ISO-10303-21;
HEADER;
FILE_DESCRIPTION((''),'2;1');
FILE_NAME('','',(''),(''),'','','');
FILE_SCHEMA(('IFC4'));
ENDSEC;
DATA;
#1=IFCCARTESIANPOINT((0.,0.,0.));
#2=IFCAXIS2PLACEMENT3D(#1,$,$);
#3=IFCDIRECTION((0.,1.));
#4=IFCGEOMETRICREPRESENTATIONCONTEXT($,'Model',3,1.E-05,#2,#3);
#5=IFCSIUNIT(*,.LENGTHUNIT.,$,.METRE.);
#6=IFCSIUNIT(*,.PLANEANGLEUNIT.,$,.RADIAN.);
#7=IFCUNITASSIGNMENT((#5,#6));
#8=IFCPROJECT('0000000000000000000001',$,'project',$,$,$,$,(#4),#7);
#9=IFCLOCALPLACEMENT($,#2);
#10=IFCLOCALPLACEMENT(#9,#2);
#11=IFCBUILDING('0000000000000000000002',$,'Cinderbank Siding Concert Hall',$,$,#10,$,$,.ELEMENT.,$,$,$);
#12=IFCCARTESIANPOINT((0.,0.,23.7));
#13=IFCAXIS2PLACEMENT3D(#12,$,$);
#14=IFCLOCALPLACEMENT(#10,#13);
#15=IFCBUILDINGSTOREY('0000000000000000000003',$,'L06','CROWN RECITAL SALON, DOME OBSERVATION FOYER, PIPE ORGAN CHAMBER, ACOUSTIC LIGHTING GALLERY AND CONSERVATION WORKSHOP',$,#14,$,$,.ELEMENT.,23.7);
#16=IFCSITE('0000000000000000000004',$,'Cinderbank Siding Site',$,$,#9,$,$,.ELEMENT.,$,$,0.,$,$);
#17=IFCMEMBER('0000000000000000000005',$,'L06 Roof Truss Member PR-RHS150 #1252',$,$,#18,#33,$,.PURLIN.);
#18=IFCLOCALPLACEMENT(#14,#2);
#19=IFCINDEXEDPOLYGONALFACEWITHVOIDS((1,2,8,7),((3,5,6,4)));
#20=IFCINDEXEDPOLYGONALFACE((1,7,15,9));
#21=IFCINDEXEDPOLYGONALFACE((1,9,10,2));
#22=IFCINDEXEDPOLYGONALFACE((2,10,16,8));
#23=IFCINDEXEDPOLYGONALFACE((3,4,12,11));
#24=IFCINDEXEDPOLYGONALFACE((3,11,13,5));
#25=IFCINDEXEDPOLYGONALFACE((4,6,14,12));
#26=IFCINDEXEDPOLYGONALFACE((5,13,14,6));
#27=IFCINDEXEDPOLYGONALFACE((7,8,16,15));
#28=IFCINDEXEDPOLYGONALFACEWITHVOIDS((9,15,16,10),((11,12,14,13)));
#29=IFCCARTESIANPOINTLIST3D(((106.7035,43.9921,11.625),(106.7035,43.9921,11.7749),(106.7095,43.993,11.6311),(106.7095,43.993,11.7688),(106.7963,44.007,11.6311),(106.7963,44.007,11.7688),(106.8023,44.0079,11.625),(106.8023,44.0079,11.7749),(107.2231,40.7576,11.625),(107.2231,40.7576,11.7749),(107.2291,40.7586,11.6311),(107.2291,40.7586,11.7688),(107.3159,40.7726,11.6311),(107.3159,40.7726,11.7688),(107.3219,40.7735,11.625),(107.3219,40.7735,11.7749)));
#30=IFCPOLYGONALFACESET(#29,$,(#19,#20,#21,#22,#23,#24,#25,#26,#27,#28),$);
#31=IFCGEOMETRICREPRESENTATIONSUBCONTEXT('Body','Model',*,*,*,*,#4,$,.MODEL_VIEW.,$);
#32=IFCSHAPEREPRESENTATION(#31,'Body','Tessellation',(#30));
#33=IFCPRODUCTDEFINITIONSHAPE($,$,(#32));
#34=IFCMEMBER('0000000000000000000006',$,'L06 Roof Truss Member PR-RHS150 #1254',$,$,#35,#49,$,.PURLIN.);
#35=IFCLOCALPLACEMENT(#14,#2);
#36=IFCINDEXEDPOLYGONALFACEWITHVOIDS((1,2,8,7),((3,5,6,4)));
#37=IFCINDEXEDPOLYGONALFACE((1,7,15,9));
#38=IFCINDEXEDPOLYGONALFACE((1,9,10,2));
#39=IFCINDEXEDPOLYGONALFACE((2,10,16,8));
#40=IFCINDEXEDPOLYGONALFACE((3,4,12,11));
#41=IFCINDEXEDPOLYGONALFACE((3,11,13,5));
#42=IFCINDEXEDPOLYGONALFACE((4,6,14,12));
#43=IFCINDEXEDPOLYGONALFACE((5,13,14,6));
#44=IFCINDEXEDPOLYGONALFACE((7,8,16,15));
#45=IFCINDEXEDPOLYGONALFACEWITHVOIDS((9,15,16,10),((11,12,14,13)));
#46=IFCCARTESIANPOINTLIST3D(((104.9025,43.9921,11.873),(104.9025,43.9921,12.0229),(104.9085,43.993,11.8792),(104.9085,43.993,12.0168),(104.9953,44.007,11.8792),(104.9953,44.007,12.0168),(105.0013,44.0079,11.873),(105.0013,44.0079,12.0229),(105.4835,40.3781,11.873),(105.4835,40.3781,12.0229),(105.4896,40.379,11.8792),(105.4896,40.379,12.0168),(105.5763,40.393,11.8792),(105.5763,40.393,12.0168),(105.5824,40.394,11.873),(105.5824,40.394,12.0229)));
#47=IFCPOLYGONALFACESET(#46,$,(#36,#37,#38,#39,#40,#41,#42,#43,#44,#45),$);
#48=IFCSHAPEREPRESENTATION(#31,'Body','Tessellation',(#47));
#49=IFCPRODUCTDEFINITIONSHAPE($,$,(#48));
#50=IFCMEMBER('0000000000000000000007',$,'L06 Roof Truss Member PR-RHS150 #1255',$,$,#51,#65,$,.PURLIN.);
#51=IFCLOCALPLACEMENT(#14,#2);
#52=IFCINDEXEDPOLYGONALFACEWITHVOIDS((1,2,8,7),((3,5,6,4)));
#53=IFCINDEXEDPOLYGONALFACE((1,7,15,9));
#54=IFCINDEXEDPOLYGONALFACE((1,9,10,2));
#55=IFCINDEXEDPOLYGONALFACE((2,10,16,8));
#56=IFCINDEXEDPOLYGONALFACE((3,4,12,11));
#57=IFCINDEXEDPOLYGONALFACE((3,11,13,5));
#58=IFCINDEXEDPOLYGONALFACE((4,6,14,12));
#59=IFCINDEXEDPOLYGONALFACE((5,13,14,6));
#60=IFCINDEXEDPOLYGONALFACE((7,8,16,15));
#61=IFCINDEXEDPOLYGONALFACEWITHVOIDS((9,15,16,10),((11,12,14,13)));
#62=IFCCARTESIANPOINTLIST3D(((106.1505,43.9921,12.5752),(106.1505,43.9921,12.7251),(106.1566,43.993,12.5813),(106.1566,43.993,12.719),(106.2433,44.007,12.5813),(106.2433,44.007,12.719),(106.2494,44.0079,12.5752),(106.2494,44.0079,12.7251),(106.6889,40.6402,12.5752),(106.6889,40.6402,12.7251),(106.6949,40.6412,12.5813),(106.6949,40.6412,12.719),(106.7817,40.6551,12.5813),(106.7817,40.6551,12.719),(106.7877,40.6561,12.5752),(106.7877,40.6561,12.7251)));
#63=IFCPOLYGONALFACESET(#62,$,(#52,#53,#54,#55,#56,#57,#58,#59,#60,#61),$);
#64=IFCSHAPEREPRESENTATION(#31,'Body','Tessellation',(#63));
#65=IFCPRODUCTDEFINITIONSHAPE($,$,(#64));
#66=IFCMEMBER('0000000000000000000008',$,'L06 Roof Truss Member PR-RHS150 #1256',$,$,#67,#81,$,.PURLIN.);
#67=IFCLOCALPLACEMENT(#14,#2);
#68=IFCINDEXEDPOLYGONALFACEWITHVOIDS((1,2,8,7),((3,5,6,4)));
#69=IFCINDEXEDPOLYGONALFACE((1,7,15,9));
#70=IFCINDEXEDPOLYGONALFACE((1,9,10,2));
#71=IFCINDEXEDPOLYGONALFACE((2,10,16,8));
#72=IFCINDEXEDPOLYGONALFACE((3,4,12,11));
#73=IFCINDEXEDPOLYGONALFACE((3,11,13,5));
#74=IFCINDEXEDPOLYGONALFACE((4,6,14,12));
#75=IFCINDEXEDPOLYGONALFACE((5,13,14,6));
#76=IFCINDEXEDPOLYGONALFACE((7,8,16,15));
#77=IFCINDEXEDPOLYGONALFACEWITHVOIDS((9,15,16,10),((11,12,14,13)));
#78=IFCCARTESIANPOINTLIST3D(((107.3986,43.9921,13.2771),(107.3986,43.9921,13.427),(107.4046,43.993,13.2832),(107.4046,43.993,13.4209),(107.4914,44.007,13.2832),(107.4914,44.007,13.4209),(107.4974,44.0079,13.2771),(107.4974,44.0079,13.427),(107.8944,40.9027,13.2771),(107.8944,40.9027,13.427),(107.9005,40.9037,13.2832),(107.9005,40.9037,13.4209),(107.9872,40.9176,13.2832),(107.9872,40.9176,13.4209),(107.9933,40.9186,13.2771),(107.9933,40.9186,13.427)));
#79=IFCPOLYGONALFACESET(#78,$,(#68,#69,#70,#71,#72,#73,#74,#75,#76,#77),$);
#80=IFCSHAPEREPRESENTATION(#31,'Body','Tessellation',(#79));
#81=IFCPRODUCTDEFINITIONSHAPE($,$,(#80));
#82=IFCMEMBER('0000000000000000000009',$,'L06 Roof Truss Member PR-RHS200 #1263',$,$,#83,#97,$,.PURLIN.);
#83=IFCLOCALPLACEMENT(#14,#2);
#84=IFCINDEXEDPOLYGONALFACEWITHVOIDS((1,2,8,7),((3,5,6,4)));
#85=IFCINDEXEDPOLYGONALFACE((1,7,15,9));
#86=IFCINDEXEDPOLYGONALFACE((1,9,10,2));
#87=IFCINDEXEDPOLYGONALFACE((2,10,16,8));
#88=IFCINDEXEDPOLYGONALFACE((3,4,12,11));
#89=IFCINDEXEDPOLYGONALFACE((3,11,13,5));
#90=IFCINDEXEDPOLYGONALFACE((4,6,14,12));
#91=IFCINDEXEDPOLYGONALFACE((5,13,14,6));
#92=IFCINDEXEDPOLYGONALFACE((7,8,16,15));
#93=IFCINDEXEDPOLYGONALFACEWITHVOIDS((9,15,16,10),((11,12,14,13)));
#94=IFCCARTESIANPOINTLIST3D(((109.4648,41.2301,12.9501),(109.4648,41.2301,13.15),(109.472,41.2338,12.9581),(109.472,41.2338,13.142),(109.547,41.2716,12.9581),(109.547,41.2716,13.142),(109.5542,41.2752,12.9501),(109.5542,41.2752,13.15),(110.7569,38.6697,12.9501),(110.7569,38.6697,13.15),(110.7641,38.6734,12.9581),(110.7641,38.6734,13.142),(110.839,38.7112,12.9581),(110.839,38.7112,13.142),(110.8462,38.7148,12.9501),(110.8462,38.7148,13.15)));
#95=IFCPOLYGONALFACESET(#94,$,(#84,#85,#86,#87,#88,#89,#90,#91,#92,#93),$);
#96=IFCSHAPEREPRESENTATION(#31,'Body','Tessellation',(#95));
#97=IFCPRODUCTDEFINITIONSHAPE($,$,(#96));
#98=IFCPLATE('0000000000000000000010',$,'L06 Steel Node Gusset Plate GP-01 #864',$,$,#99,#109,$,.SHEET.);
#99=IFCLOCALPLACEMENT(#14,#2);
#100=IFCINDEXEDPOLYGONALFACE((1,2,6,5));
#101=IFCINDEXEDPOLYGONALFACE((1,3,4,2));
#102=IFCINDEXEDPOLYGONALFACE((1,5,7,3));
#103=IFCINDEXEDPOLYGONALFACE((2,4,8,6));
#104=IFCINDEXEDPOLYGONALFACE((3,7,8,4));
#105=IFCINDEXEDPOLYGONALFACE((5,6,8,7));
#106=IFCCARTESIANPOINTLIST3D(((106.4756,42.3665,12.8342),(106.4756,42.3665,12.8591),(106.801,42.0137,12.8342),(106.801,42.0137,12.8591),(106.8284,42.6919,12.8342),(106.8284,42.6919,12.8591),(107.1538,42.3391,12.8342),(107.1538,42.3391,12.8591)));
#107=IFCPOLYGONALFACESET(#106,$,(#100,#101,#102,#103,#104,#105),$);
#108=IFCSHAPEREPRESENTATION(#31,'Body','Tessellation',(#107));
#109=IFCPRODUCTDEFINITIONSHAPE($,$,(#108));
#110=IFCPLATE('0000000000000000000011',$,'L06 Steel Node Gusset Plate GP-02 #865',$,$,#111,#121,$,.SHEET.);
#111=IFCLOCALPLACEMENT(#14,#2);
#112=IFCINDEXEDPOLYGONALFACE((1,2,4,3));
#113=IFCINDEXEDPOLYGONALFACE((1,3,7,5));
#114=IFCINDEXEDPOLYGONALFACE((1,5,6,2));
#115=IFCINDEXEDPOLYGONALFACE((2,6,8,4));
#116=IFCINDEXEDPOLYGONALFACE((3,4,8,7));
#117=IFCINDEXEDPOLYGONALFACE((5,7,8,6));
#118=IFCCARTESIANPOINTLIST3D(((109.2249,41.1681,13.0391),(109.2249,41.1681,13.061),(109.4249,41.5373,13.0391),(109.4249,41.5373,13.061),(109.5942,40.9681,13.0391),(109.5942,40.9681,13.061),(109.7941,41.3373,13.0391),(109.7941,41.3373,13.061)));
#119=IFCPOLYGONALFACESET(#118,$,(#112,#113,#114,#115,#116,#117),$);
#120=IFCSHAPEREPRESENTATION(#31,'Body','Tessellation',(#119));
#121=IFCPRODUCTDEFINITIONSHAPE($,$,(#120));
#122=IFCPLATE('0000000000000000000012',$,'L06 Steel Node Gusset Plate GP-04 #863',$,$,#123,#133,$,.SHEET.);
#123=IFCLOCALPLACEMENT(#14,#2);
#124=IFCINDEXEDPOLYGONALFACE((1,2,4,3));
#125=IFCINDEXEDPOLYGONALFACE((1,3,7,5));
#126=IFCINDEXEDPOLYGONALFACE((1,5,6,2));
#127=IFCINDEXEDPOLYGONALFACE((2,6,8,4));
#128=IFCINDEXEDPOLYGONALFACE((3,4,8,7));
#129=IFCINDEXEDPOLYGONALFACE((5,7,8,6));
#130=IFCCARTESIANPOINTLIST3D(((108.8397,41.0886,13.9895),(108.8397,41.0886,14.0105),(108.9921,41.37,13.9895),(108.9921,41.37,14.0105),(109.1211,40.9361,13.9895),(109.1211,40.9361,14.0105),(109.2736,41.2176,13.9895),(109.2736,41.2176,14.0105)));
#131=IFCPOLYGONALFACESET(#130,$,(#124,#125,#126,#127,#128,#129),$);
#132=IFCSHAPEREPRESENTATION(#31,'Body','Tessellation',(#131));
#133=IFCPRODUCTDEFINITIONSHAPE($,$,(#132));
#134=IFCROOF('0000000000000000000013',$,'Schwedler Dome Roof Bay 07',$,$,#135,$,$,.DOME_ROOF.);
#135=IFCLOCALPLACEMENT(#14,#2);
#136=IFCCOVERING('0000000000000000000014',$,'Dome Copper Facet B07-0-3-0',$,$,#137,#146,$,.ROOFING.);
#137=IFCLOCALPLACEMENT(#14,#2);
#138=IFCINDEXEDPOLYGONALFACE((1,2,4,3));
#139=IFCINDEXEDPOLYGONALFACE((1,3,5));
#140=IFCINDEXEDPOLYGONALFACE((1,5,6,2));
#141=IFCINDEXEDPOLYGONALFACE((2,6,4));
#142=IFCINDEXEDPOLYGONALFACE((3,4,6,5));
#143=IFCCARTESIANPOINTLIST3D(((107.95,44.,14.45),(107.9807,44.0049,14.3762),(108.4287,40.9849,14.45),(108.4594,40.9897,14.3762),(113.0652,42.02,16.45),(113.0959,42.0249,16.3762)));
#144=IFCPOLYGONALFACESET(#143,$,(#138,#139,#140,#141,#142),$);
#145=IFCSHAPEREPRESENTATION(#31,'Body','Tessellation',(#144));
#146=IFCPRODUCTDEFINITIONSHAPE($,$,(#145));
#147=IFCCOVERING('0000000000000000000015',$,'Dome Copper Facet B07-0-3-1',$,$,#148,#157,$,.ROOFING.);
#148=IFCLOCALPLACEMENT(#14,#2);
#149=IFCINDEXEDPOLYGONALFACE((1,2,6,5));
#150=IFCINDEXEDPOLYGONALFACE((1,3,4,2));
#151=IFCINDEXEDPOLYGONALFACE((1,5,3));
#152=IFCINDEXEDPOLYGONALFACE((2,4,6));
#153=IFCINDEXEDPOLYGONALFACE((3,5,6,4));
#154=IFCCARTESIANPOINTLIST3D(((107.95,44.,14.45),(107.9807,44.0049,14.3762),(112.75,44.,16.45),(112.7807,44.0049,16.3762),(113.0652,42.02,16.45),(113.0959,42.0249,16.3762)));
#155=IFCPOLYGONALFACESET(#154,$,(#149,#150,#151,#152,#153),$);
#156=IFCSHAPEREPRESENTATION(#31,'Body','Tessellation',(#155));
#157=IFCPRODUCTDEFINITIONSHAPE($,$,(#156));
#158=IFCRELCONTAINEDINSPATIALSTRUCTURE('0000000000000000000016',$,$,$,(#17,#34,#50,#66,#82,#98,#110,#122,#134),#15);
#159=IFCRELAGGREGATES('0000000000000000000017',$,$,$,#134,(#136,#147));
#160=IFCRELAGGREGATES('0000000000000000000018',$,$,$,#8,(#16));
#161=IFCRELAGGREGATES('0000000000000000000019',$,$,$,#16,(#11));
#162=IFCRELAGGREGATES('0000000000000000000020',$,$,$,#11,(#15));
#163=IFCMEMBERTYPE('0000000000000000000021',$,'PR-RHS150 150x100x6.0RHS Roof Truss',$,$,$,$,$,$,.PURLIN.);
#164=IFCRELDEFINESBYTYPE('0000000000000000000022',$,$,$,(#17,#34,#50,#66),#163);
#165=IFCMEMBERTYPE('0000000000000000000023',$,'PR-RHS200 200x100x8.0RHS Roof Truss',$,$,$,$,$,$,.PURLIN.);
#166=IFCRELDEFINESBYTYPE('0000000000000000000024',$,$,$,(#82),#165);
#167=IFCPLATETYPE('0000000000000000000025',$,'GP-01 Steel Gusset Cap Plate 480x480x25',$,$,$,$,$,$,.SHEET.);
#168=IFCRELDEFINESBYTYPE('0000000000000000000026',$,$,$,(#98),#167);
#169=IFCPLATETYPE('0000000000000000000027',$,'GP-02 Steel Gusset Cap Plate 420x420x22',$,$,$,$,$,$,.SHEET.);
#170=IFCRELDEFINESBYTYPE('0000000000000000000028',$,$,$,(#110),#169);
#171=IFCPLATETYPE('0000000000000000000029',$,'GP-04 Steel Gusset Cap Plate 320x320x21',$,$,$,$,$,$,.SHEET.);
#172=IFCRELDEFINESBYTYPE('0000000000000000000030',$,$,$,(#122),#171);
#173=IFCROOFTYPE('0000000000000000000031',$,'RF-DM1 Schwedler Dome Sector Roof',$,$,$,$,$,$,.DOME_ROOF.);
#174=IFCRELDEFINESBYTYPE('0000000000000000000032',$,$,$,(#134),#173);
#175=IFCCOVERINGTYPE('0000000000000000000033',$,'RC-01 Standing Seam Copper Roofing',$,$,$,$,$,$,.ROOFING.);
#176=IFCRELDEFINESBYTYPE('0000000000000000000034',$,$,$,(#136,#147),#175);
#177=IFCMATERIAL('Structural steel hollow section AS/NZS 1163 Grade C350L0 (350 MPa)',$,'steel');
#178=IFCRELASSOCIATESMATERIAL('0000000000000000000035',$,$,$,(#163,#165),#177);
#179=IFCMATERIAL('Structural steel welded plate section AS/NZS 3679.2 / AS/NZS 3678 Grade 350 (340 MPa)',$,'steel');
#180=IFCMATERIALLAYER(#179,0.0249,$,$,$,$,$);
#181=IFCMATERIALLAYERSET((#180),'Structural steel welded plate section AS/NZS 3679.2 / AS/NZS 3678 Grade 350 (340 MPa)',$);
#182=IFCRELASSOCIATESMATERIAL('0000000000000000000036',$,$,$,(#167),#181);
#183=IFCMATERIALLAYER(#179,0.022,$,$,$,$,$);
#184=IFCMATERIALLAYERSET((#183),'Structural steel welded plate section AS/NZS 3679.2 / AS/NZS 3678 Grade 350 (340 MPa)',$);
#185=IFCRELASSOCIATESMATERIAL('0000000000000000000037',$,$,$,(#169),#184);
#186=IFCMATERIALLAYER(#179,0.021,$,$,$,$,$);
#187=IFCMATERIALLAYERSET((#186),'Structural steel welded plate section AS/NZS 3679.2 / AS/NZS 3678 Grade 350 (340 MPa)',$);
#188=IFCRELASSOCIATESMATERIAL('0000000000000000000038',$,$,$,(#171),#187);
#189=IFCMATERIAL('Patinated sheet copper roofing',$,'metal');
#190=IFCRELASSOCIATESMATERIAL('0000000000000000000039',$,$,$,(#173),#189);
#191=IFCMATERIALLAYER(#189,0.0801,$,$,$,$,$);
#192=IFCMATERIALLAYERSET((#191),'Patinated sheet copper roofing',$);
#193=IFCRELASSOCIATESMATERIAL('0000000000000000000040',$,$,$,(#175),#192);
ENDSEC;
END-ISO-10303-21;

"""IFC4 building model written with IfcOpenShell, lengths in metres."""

from ifc_helpers import new_model, si_unit, direction, frame, origin, origin_2d, place, context, subcontext, project, spatial, polyline, rectangle, hollow_rectangle, outline, extrude, material, layer, layer_set, material_profile, profile_set, type_object, element, aggregate, save


model = new_model("IFC4")

# Units and contexts
model_context = context("Model", 3, precision=1e-05, world=origin(), true_north=direction((0.0, 1.0)))
body_context = subcontext(model_context, "Body", "Model", "MODEL_VIEW")
ifc_project = project(units=[si_unit("LENGTHUNIT", "METRE"), si_unit("PLANEANGLEUNIT", "RADIAN")], contexts=[model_context])

# Site, building, storey
site_placement = place(None, origin())
site = spatial("IfcSite", under=ifc_project, at=site_placement, Name="Cinderbank Siding Site", CompositionType="ELEMENT", RefElevation=0.0)
building_placement = place(site_placement, origin())
building = spatial("IfcBuilding", under=site, at=building_placement, Name="Cinderbank Siding Concert Hall", CompositionType="ELEMENT")
storey_placement = place(building_placement, frame((0.0, 0.0, 23.7)))
storey = spatial("IfcBuildingStorey", under=building, at=storey_placement, Name="L06", Description="CROWN RECITAL SALON, DOME OBSERVATION FOYER, PIPE ORGAN CHAMBER, ACOUSTIC LIGHTING GALLERY AND CONSERVATION WORKSHOP", CompositionType="ELEMENT", Elevation=23.7)

# Members
ifc_material_1 = material(Name="Structural steel hollow section AS/NZS 1163 Grade C350L0 (350 MPa)", Category="steel")
ifc_material_profile_1 = material_profile(ifc_material_1, hollow_rectangle(XDim=0.1001, YDim=0.1499, WallThickness=0.0061, at=origin_2d()), Name="150x100x6.0RHS", Category="LoadBearing")
ifc_profile_set_1 = profile_set([ifc_material_profile_1], Name="Structural steel hollow section AS/NZS 1163 Grade C350L0 (350 MPa)")
member_type_1 = type_object("IfcMemberType", Name="PR-RHS150 150x100x6.0RHS Roof Truss", PredefinedType="PURLIN", material=ifc_profile_set_1)
member_1_placement = place(storey_placement, frame((106.7529, 44.0, 11.7), z_axis=(0.158595, -0.987344, 0.0), x_axis=(0.987344, 0.158595, 0.0)))
element("IfcMember", 1, at=member_1_placement, inside=storey, type_object=member_type_1, Name="L06 Roof Truss Member PR-RHS150 #1252", PredefinedType="PURLIN", context=body_context, shape_type="SweptSolid", body=[
    extrude(hollow_rectangle(XDim=0.1001, YDim=0.1499, WallThickness=0.0061, at=origin_2d()), origin(), (0.0, 0.0, 1.0), 3.2759),
])
member_2_placement = place(storey_placement, frame((104.9519, 44.0, 11.948), z_axis=(0.15874, -0.98732, 0.0), x_axis=(0.98732, 0.15874, 0.0)))
element("IfcMember", 2, at=member_2_placement, inside=storey, type_object=member_type_1, Name="L06 Roof Truss Member PR-RHS150 #1254", PredefinedType="PURLIN", context=body_context, shape_type="SweptSolid", body=[
    extrude(hollow_rectangle(XDim=0.1001, YDim=0.1499, WallThickness=0.0061, at=origin_2d()), origin(), (0.0, 0.0, 1.0), 3.6604),
])
member_3_placement = place(storey_placement, frame((106.2, 44.0, 12.6501), z_axis=(0.158577, -0.987347, 0.0), x_axis=(0.987347, 0.158577, 0.0)))
element("IfcMember", 3, at=member_3_placement, inside=storey, type_object=member_type_1, Name="L06 Roof Truss Member PR-RHS150 #1255", PredefinedType="PURLIN", context=body_context, shape_type="SweptSolid", body=[
    extrude(hollow_rectangle(XDim=0.1001, YDim=0.1499, WallThickness=0.0061, at=origin_2d()), origin(), (0.0, 0.0, 1.0), 3.3948),
])
member_4_placement = place(storey_placement, frame((107.448, 44.0, 13.3521), z_axis=(0.158474, -0.987363, 0.0), x_axis=(0.987363, 0.158474, 0.0)))
element("IfcMember", 4, at=member_4_placement, inside=storey, type_object=member_type_1, Name="L06 Roof Truss Member PR-RHS150 #1256", PredefinedType="PURLIN", context=body_context, shape_type="SweptSolid", body=[
    extrude(hollow_rectangle(XDim=0.1001, YDim=0.1499, WallThickness=0.0061, at=origin_2d()), origin(), (0.0, 0.0, 1.0), 3.1289),
])
ifc_material_profile_2 = material_profile(ifc_material_1, hollow_rectangle(XDim=0.1001, YDim=0.2, WallThickness=0.0081, at=origin_2d()), Name="200x100x8.0RHS", Category="LoadBearing")
ifc_profile_set_2 = profile_set([ifc_material_profile_2], Name="Structural steel hollow section AS/NZS 1163 Grade C350L0 (350 MPa)")
member_type_2 = type_object("IfcMemberType", Name="PR-RHS200 200x100x8.0RHS Roof Truss", PredefinedType="PURLIN", material=ifc_profile_set_2)
member_5_placement = place(storey_placement, frame((109.5095, 41.2527, 13.05), z_axis=(0.450514, -0.89277, 0.0), x_axis=(0.89277, 0.450514, 0.0)))
element("IfcMember", 5, at=member_5_placement, inside=storey, type_object=member_type_2, Name="L06 Roof Truss Member PR-RHS200 #1263", PredefinedType="PURLIN", context=body_context, shape_type="SweptSolid", body=[
    extrude(hollow_rectangle(XDim=0.1001, YDim=0.2, WallThickness=0.0081, at=origin_2d()), origin(), (0.0, 0.0, 1.0), 2.8679),
])

# Plates
ifc_material_2 = material(Name="Structural steel welded plate section AS/NZS 3679.2 / AS/NZS 3678 Grade 350 (340 MPa)", Category="steel")
ifc_layer_1 = layer(ifc_material_2, 0.0249)
ifc_layer_set_1 = layer_set([ifc_layer_1], Name="Structural steel welded plate section AS/NZS 3679.2 / AS/NZS 3678 Grade 350 (340 MPa)")
plate_type_1 = type_object("IfcPlateType", Name="GP-01 Steel Gusset Cap Plate 480x480x25", PredefinedType="SHEET", material=ifc_layer_set_1)
plate_1_placement = place(storey_placement, frame((106.8147, 42.3528, 12.8342), z_axis=(0.0, 0.0, 1.0), x_axis=(0.735033, 0.678031, 0.0)))
element("IfcPlate", 6, at=plate_1_placement, inside=storey, type_object=plate_type_1, Name="L06 Steel Node Gusset Plate GP-01 #864", PredefinedType="SHEET", context=body_context, shape_type="SweptSolid", body=[
    extrude(rectangle(XDim=0.48, YDim=0.48, at=origin_2d()), origin(), (0.0, 0.0, 1.0), 0.0249),
])
ifc_layer_2 = layer(ifc_material_2, 0.022)
ifc_layer_set_2 = layer_set([ifc_layer_2], Name="Structural steel welded plate section AS/NZS 3679.2 / AS/NZS 3678 Grade 350 (340 MPa)")
plate_type_2 = type_object("IfcPlateType", Name="GP-02 Steel Gusset Cap Plate 420x420x22", PredefinedType="SHEET", material=ifc_layer_set_2)
plate_2_placement = place(storey_placement, frame((109.5095, 41.2527, 13.0391), z_axis=(0.0, 0.0, 1.0), x_axis=(0.879316, -0.476238, 0.0)))
element("IfcPlate", 7, at=plate_2_placement, inside=storey, type_object=plate_type_2, Name="L06 Steel Node Gusset Plate GP-02 #865", PredefinedType="SHEET", context=body_context, shape_type="SweptSolid", body=[
    extrude(rectangle(XDim=0.4199, YDim=0.4199, at=origin_2d()), origin(), (0.0, 0.0, 1.0), 0.022),
])
ifc_layer_3 = layer(ifc_material_2, 0.021)
ifc_layer_set_3 = layer_set([ifc_layer_3], Name="Structural steel welded plate section AS/NZS 3679.2 / AS/NZS 3678 Grade 350 (340 MPa)")
plate_type_3 = type_object("IfcPlateType", Name="GP-04 Steel Gusset Cap Plate 320x320x21", PredefinedType="SHEET", material=ifc_layer_set_3)
plate_3_placement = place(storey_placement, frame((109.0566, 41.1531, 13.9895), z_axis=(0.0, 0.0, 1.0), x_axis=(0.879316, -0.476238, 0.0)))
element("IfcPlate", 8, at=plate_3_placement, inside=storey, type_object=plate_type_3, Name="L06 Steel Node Gusset Plate GP-04 #863", PredefinedType="SHEET", context=body_context, shape_type="SweptSolid", body=[
    extrude(rectangle(XDim=0.3201, YDim=0.3201, at=origin_2d()), origin(), (0.0, 0.0, 1.0), 0.021),
])

# Roof, coverings
ifc_material_3 = material(Name="Patinated sheet copper roofing", Category="metal")
roof_type = type_object("IfcRoofType", Name="RF-DM1 Schwedler Dome Sector Roof", PredefinedType="DOME_ROOF", material=ifc_material_3)
roof_placement = place(storey_placement, origin())
roof = element("IfcRoof", 9, at=roof_placement, inside=storey, type_object=roof_type, Name="Schwedler Dome Roof Bay 07", PredefinedType="DOME_ROOF")
ifc_layer_4 = layer(ifc_material_3, 0.0801)
ifc_layer_set_4 = layer_set([ifc_layer_4], Name="Patinated sheet copper roofing")
covering_type = type_object("IfcCoveringType", Name="RC-01 Standing Seam Copper Roofing", PredefinedType="ROOFING", material=ifc_layer_set_4)
covering_1_placement = place(storey_placement, frame((107.95, 44.0, 14.45), z_axis=(-0.383843, -0.060949, 0.921385), x_axis=(0.156821, -0.987627, 0.0)))
covering_1 = element("IfcCovering", 10, at=covering_1_placement, type_object=covering_type, Name="Dome Copper Facet B07-0-3-0", PredefinedType="ROOFING", context=body_context, shape_type="SweptSolid", body=[
    extrude(outline(polyline([(0.0, 0.0), (3.0529, 0.0), (2.7577, 5.146), (0.0, 0.0)])), origin(), (0.0, 0.0, -1.0), 0.0801),
])
covering_2_placement = place(storey_placement, frame((107.95, 44.0, 14.45), z_axis=(-0.383893, -0.06111, 0.921353), x_axis=(0.876149, -0.339135, 0.342564)))
covering_2 = element("IfcCovering", 11, at=covering_2_placement, type_object=covering_type, Name="Dome Copper Facet B07-0-3-1", PredefinedType="ROOFING", context=body_context, shape_type="SweptSolid", body=[
    extrude(outline(polyline([(0.0, 0.0), (5.8383, 0.0), (4.8907, 1.7668), (0.0, 0.0)])), origin(), (0.0, 0.0, -1.0), 0.0801),
])
aggregate(roof, [covering_1, covering_2])

save(model, "model.ifc")
